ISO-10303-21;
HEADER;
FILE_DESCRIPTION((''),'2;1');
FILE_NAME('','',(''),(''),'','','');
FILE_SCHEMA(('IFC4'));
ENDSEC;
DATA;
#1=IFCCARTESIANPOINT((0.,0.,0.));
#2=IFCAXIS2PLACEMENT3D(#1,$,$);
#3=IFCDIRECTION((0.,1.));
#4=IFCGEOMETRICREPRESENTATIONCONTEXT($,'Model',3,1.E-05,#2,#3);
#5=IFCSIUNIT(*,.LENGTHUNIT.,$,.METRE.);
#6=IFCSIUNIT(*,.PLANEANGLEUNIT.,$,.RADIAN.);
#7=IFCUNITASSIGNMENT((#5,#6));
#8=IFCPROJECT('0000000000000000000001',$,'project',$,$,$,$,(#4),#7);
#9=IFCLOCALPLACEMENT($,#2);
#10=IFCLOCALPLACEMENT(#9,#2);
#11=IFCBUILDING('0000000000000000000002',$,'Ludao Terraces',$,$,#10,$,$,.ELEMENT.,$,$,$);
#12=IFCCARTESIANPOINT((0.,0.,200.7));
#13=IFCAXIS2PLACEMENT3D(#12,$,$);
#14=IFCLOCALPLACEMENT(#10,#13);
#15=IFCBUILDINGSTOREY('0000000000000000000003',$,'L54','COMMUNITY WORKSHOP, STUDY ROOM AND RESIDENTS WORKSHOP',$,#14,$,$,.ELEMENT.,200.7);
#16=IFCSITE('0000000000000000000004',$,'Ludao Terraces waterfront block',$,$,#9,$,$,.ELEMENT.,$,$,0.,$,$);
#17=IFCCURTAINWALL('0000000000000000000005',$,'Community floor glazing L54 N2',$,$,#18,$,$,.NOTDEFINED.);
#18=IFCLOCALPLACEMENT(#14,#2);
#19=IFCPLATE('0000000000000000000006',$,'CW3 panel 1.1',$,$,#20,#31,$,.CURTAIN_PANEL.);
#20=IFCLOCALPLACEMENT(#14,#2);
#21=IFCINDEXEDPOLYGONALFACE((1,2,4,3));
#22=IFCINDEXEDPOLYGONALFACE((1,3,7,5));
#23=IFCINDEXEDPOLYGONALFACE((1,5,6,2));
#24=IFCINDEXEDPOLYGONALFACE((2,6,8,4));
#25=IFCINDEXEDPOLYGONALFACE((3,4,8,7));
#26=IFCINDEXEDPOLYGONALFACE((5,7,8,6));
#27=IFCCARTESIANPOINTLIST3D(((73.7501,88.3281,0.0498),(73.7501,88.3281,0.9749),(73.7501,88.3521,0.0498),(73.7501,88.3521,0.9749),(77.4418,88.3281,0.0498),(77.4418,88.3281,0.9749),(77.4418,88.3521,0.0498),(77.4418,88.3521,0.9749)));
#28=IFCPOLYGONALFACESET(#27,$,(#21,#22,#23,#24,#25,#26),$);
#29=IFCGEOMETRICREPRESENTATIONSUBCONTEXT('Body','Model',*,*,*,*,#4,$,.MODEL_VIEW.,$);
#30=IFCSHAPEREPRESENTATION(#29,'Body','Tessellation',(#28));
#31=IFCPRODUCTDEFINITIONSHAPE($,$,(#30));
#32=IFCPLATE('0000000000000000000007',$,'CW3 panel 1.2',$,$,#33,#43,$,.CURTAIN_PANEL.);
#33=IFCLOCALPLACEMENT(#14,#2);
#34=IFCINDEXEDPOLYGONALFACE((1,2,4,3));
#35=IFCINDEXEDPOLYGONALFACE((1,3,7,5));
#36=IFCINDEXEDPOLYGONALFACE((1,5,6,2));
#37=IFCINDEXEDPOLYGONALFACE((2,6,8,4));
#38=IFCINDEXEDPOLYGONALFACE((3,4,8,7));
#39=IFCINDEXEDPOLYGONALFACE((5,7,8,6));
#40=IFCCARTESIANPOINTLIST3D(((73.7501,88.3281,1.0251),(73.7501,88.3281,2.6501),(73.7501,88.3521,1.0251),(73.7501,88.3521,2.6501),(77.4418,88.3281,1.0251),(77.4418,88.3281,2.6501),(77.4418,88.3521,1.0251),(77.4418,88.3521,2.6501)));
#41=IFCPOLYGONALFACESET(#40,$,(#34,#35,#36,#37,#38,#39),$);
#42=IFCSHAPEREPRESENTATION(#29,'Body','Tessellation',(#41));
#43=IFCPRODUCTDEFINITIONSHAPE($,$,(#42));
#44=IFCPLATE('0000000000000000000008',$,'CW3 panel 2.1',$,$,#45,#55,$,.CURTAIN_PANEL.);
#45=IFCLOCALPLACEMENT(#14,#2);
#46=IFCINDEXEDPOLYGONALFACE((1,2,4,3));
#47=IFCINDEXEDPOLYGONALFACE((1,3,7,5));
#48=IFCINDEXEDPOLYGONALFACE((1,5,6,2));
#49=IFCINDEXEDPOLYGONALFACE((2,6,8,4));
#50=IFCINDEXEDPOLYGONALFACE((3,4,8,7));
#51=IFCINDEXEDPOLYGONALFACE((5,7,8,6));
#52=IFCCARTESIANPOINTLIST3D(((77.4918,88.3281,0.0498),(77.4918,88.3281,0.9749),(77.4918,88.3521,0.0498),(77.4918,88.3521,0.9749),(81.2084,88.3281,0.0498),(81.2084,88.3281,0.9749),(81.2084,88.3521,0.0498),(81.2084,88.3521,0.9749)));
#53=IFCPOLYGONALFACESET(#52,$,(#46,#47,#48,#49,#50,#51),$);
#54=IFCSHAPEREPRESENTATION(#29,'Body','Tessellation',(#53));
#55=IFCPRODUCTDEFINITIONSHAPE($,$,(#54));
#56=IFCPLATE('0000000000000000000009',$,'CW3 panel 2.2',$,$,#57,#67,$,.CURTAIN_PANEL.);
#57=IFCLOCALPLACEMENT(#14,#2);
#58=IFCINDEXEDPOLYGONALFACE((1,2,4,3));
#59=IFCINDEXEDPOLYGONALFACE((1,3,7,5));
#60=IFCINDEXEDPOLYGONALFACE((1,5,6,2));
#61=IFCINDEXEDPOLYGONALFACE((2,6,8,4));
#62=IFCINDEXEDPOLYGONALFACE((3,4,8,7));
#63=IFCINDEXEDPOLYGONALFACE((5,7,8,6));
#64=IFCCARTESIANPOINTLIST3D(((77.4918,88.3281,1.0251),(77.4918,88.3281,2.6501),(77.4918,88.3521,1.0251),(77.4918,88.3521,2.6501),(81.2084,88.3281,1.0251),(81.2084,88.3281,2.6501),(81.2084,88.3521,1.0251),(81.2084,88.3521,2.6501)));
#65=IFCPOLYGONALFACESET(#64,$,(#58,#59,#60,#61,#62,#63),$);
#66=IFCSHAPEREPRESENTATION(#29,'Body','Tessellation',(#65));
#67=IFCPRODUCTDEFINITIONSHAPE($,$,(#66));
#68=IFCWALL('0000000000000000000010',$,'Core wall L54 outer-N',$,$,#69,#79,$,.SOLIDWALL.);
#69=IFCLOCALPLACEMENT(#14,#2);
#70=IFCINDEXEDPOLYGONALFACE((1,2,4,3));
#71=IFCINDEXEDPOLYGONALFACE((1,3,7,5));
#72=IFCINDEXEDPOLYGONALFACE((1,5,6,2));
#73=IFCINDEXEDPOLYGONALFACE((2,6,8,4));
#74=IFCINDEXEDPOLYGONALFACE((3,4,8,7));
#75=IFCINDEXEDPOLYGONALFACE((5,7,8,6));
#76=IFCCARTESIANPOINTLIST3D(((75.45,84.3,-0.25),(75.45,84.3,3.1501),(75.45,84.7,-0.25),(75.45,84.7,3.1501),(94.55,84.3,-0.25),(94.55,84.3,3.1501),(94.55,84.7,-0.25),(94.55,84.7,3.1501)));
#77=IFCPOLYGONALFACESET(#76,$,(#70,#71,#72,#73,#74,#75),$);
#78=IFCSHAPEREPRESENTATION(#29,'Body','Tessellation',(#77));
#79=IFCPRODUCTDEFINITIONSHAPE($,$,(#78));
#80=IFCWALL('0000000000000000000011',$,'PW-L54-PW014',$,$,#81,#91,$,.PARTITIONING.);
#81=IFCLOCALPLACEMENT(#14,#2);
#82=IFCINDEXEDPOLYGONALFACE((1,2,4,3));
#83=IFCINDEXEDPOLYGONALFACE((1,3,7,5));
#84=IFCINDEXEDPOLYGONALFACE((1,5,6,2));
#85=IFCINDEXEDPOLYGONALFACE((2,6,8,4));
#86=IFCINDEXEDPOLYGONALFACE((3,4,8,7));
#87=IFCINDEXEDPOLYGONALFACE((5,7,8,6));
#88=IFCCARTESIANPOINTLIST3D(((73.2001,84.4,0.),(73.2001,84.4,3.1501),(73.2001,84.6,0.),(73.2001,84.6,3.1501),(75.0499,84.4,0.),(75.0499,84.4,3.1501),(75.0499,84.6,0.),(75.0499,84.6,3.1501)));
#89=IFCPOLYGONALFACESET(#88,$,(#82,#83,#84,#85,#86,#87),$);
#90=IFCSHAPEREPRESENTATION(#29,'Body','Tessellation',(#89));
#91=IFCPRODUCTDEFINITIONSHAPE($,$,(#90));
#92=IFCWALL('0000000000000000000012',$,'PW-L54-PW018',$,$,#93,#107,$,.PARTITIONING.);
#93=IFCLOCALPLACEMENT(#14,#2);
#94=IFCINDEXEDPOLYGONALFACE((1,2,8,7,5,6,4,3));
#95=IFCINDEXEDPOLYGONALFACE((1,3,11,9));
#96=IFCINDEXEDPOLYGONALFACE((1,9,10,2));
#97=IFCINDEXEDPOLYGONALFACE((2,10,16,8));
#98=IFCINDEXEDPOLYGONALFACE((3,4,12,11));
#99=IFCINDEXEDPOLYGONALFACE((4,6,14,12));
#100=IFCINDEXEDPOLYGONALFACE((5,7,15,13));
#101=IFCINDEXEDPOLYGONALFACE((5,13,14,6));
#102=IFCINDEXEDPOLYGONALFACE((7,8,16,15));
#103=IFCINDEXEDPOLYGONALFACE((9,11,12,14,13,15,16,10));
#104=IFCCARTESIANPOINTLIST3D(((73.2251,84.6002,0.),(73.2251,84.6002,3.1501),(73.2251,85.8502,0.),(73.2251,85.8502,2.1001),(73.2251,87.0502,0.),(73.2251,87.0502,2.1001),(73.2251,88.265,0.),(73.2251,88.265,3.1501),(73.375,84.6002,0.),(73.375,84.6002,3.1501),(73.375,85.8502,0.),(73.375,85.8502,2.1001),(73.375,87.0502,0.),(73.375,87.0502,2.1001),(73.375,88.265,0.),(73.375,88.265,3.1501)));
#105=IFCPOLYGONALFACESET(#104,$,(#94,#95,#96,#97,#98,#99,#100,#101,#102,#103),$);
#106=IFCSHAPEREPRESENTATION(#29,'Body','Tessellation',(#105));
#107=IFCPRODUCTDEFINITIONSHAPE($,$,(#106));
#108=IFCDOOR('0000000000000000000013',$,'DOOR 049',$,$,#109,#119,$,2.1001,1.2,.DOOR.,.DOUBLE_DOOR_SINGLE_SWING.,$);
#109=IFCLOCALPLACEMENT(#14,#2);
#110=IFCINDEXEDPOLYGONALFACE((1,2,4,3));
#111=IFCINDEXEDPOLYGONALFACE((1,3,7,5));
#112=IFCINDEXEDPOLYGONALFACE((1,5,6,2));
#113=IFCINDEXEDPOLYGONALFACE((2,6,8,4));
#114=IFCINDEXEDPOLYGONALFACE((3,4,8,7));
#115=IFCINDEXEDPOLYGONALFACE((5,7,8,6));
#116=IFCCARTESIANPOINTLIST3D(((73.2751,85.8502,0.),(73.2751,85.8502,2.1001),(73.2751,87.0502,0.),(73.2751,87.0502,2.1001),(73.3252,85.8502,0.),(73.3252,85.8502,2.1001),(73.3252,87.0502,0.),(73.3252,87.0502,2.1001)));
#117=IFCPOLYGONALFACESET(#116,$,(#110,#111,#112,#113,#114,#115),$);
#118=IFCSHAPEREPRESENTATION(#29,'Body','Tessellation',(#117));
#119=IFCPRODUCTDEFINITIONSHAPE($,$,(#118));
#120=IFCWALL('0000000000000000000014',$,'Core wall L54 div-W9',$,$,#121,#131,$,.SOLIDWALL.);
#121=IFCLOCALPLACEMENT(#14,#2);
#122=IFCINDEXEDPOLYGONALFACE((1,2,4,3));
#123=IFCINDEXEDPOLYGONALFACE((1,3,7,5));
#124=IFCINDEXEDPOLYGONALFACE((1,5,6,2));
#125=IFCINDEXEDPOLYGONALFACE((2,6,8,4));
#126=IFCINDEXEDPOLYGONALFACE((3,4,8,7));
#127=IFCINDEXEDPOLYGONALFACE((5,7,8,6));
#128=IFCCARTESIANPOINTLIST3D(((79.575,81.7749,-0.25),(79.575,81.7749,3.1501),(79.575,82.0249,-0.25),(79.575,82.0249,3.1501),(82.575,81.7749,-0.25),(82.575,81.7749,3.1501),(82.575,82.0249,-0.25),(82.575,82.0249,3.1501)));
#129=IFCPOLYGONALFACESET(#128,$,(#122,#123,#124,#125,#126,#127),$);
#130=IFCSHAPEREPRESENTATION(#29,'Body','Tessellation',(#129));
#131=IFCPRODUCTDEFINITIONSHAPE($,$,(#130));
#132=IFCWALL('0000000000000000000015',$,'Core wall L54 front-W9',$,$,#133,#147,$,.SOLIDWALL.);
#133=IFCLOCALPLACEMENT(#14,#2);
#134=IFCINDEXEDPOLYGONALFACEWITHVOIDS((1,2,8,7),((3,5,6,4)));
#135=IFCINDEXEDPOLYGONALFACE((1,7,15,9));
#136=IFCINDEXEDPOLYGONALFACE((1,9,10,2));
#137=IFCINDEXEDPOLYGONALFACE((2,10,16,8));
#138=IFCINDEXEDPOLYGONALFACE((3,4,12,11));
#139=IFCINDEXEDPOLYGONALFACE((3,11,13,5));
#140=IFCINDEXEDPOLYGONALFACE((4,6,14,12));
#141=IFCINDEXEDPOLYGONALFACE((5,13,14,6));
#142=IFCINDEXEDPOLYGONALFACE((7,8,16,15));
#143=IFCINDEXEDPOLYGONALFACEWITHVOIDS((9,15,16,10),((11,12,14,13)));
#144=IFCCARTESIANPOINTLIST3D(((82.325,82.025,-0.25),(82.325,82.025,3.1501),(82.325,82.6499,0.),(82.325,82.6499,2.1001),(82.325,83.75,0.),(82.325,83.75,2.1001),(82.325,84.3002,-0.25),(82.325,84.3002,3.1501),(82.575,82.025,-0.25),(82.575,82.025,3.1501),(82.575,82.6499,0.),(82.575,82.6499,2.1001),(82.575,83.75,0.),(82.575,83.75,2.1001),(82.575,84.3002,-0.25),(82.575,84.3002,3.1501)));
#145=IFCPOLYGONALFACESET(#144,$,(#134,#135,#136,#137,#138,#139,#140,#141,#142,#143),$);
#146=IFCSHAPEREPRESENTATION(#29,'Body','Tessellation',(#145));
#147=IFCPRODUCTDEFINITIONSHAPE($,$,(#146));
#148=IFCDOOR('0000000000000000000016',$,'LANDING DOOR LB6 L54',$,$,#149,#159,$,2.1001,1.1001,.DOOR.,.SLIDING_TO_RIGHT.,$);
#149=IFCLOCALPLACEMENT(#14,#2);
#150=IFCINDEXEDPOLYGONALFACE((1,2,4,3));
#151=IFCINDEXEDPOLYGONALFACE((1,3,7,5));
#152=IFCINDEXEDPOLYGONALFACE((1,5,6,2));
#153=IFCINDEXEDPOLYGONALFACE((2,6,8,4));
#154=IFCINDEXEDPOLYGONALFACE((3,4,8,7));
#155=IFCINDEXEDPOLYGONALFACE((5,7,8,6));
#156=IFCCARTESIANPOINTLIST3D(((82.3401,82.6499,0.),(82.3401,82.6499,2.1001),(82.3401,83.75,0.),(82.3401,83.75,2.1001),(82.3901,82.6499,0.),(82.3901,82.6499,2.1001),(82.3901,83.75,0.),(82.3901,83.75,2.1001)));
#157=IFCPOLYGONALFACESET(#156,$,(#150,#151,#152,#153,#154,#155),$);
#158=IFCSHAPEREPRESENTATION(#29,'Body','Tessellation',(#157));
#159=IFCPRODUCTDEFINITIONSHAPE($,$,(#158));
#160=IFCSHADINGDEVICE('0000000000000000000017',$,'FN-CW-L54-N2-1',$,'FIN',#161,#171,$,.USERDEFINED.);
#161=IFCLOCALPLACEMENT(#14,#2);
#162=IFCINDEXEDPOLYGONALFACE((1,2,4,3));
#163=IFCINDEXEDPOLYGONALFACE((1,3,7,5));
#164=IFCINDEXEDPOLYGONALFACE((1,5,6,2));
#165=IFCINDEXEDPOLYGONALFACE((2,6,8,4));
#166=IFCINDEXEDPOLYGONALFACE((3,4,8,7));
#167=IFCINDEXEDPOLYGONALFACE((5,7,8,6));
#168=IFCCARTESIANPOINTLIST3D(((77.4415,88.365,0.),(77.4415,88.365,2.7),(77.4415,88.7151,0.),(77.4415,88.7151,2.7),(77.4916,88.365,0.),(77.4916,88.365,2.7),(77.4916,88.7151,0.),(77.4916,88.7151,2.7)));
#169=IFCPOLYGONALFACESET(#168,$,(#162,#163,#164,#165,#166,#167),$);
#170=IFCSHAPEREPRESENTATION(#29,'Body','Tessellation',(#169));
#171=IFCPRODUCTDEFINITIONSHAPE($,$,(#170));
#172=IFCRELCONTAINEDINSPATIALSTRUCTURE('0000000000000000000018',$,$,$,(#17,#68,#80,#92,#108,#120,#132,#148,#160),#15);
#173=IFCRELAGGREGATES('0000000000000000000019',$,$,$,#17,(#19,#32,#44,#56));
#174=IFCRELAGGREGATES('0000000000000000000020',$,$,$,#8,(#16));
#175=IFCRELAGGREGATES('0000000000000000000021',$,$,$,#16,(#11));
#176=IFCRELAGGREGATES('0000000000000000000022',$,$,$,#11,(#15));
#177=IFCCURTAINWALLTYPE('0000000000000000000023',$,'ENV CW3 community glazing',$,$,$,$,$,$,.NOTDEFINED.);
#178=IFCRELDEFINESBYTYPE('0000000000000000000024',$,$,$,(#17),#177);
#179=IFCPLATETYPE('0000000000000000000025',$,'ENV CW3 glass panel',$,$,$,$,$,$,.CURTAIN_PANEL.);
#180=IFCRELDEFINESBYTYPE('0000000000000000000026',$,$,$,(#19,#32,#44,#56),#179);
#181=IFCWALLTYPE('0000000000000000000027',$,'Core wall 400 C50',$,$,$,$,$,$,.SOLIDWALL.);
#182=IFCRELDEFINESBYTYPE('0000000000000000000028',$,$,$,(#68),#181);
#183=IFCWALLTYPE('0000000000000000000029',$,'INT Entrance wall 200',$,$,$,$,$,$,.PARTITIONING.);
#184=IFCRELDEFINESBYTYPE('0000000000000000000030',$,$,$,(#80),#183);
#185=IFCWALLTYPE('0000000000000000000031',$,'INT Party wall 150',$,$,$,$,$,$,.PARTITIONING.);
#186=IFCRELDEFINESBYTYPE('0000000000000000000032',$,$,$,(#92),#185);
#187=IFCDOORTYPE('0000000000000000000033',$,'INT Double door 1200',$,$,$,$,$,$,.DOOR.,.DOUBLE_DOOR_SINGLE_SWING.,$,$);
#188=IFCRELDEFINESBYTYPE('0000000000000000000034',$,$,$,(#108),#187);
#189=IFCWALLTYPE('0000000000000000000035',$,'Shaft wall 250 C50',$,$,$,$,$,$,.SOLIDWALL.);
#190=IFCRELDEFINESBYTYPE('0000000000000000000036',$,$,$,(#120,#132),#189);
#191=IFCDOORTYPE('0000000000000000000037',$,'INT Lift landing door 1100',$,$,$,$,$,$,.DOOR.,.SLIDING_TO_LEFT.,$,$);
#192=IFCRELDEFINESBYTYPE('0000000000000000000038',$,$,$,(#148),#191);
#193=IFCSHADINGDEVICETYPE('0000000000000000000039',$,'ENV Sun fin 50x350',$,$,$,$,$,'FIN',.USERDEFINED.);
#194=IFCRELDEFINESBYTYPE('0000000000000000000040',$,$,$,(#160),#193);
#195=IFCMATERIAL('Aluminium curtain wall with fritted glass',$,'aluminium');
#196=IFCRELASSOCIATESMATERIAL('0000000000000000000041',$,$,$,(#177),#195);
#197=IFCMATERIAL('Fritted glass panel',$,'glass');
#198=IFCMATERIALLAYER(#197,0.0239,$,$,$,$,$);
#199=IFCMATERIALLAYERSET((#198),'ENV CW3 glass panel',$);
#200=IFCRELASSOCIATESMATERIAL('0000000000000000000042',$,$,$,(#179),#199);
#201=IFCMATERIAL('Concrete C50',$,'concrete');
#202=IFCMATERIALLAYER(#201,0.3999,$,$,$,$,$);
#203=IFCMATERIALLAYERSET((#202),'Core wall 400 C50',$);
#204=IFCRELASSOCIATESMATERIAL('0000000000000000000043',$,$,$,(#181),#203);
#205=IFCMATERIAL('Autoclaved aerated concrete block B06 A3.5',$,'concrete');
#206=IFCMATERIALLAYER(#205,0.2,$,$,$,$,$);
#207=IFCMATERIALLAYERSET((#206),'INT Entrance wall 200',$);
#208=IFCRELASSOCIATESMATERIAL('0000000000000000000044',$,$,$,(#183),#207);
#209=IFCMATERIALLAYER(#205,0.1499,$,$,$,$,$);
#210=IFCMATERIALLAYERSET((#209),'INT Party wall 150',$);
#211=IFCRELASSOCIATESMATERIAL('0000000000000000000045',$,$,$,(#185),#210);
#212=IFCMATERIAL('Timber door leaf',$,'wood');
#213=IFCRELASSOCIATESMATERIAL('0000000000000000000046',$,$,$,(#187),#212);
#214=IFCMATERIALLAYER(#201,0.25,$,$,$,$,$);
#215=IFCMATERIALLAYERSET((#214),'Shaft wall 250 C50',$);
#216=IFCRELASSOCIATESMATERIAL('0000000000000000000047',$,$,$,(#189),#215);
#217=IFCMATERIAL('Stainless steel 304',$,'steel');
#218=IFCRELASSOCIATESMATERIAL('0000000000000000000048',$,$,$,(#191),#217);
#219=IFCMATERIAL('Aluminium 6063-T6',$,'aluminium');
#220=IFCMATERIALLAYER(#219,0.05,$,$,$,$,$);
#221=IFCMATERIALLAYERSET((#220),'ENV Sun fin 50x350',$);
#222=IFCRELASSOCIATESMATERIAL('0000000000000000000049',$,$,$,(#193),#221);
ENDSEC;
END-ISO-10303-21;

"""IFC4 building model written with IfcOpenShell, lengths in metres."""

from ifc_helpers import new_model, si_unit, direction, frame, frame_2d, origin, origin_2d, place, context, subcontext, project, spatial, rectangle, extrude, material, layer, layer_set, type_object, element, fill, aggregate, save


model = new_model("IFC4")

# Units and contexts
model_context = context("Model", 3, precision=1e-05, world=origin(), true_north=direction((0.0, 1.0)))
body_context = subcontext(model_context, "Body", "Model", "MODEL_VIEW")
ifc_project = project(units=[si_unit("LENGTHUNIT", "METRE"), si_unit("PLANEANGLEUNIT", "RADIAN")], contexts=[model_context])

# Site, building, storey
site_placement = place(None, origin())
site = spatial("IfcSite", under=ifc_project, at=site_placement, Name="Ludao Terraces waterfront block", CompositionType="ELEMENT", RefElevation=0.0)
building_placement = place(site_placement, origin())
building = spatial("IfcBuilding", under=site, at=building_placement, Name="Ludao Terraces", CompositionType="ELEMENT")
storey_placement = place(building_placement, frame((0.0, 0.0, 200.7)))
storey = spatial("IfcBuildingStorey", under=building, at=storey_placement, Name="L54", Description="COMMUNITY WORKSHOP, STUDY ROOM AND RESIDENTS WORKSHOP", CompositionType="ELEMENT", Elevation=200.7)

# Shared definitions
ifc_material_1 = material(Name="Concrete C50", Category="concrete")

# Shared definitions
ifc_material_2 = material(Name="Aluminium curtain wall with fritted glass", Category="aluminium")
curtain_wall_type = type_object("IfcCurtainWallType", Name="ENV CW3 community glazing", PredefinedType="NOTDEFINED", material=ifc_material_2)
ifc_material_3 = material(Name="Aluminium 6063-T6", Category="aluminium")

# Curtain wall, plates
curtain_wall_1_placement = place(storey_placement, origin())
curtain_wall_1 = element("IfcCurtainWall", 1, at=curtain_wall_1_placement, inside=storey, type_object=curtain_wall_type, Name="Community floor glazing L54 N2", PredefinedType="NOTDEFINED")
ifc_material_4 = material(Name="Fritted glass panel", Category="glass")
ifc_layer_1 = layer(ifc_material_4, 0.0239)
ifc_layer_set_1 = layer_set([ifc_layer_1], Name="ENV CW3 glass panel")
plate_type = type_object("IfcPlateType", Name="ENV CW3 glass panel", PredefinedType="CURTAIN_PANEL", material=ifc_layer_set_1)
plate_1_placement = place(storey_placement, frame((75.5959, 88.3401, 0.0498), z_axis=(0.0, 0.0, 1.0), x_axis=(1.0, 0.0, 0.0)))
plate_1 = element("IfcPlate", 2, at=plate_1_placement, type_object=plate_type, Name="CW3 panel 1.1", PredefinedType="CURTAIN_PANEL", context=body_context, shape_type="SweptSolid", body=[
    extrude(rectangle(XDim=3.6917, YDim=0.0239, at=origin_2d()), origin(), (0.0, 0.0, 1.0), 0.925),
])
plate_2_placement = place(storey_placement, frame((75.5959, 88.3401, 1.0251), z_axis=(0.0, 0.0, 1.0), x_axis=(1.0, 0.0, 0.0)))
plate_2 = element("IfcPlate", 3, at=plate_2_placement, type_object=plate_type, Name="CW3 panel 1.2", PredefinedType="CURTAIN_PANEL", context=body_context, shape_type="SweptSolid", body=[
    extrude(rectangle(XDim=3.6917, YDim=0.0239, at=origin_2d()), origin(), (0.0, 0.0, 1.0), 1.625),
])
plate_3_placement = place(storey_placement, frame((79.3501, 88.3401, 0.0498), z_axis=(0.0, 0.0, 1.0), x_axis=(1.0, 0.0, 0.0)))
plate_3 = element("IfcPlate", 4, at=plate_3_placement, type_object=plate_type, Name="CW3 panel 2.1", PredefinedType="CURTAIN_PANEL", context=body_context, shape_type="SweptSolid", body=[
    extrude(rectangle(XDim=3.7166, YDim=0.0239, at=origin_2d()), origin(), (0.0, 0.0, 1.0), 0.925),
])
plate_4_placement = place(storey_placement, frame((79.3501, 88.3401, 1.0251), z_axis=(0.0, 0.0, 1.0), x_axis=(1.0, 0.0, 0.0)))
plate_4 = element("IfcPlate", 5, at=plate_4_placement, type_object=plate_type, Name="CW3 panel 2.2", PredefinedType="CURTAIN_PANEL", context=body_context, shape_type="SweptSolid", body=[
    extrude(rectangle(XDim=3.7166, YDim=0.0239, at=origin_2d()), origin(), (0.0, 0.0, 1.0), 1.625),
])
aggregate(curtain_wall_1, [plate_1, plate_2, plate_3, plate_4])

# Walls
ifc_layer_2 = layer(ifc_material_1, 0.3999)
ifc_layer_set_2 = layer_set([ifc_layer_2], Name="Core wall 400 C50")
wall_type_1 = type_object("IfcWallType", Name="Core wall 400 C50", PredefinedType="SOLIDWALL", material=ifc_layer_set_2)
wall_1_placement = place(storey_placement, frame((75.45, 84.5, -0.25), z_axis=(0.0, 0.0, 1.0), x_axis=(1.0, 0.0, 0.0)))
element("IfcWall", 6, at=wall_1_placement, inside=storey, type_object=wall_type_1, Name="Core wall L54 outer-N", PredefinedType="SOLIDWALL", context=body_context, shape_type="SweptSolid", body=[
    extrude(rectangle(XDim=19.1001, YDim=0.3999, at=frame_2d((9.55, 0.0))), origin(), (0.0, 0.0, 1.0), 3.4001),
])
ifc_material_5 = material(Name="Autoclaved aerated concrete block B06 A3.5", Category="concrete")
ifc_layer_3 = layer(ifc_material_5, 0.2)
ifc_layer_set_3 = layer_set([ifc_layer_3], Name="INT Entrance wall 200")
wall_type_2 = type_object("IfcWallType", Name="INT Entrance wall 200", PredefinedType="PARTITIONING", material=ifc_layer_set_3)
wall_2_placement = place(storey_placement, frame((73.2002, 84.5, 0.0), z_axis=(0.0, 0.0, 1.0), x_axis=(1.0, 0.0, 0.0)))
element("IfcWall", 7, at=wall_2_placement, inside=storey, type_object=wall_type_2, Name="PW-L54-PW014", PredefinedType="PARTITIONING", context=body_context, shape_type="SweptSolid", body=[
    extrude(rectangle(XDim=1.8499, YDim=0.2, at=frame_2d((0.9248, 0.0))), origin(), (0.0, 0.0, 1.0), 3.1501),
])

# Wall, opening, door
ifc_layer_4 = layer(ifc_material_5, 0.1499)
ifc_layer_set_4 = layer_set([ifc_layer_4], Name="INT Party wall 150")
wall_type_3 = type_object("IfcWallType", Name="INT Party wall 150", PredefinedType="PARTITIONING", material=ifc_layer_set_4)
wall_3_placement = place(storey_placement, frame((73.3, 84.6001, 0.0), z_axis=(0.0, 0.0, 1.0), x_axis=(0.0, 1.0, 0.0)))
wall_3 = element("IfcWall", 8, at=wall_3_placement, inside=storey, type_object=wall_type_3, Name="PW-L54-PW018", PredefinedType="PARTITIONING", context=body_context, shape_type="SweptSolid", body=[
    extrude(rectangle(XDim=3.6648, YDim=0.1499, at=frame_2d((1.8325, 0.0))), origin(), (0.0, 0.0, 1.0), 3.1501),
])
opening_1_placement = place(wall_3_placement, frame((1.25, 0.0, 0.0)))
opening_1 = element("IfcOpeningElement", 9, at=opening_1_placement, cuts=wall_3, PredefinedType="OPENING", context=body_context, shape_type="SweptSolid", body=[
    extrude(rectangle(XDim=1.2, YDim=2.1001, at=frame_2d((0.6001, 1.05))), frame((0.0, 0.085, 0.0), z_axis=(0.0, -1.0, 0.0), x_axis=(1.0, 0.0, 0.0)), (0.0, 0.0, 1.0), 0.1699),
])
ifc_material_6 = material(Name="Timber door leaf", Category="wood")
door_type_1 = type_object("IfcDoorType", Name="INT Double door 1200", OperationType="DOUBLE_DOOR_SINGLE_SWING", PredefinedType="DOOR", material=ifc_material_6)
door_1_placement = place(opening_1_placement, origin())
door_1 = element("IfcDoor", 10, at=door_1_placement, inside=storey, type_object=door_type_1, Name="DOOR 049", OperationType="DOUBLE_DOOR_SINGLE_SWING", OverallHeight=2.1001, OverallWidth=1.2, PredefinedType="DOOR", context=body_context, shape_type="SweptSolid", body=[
    extrude(rectangle(XDim=1.2, YDim=2.1001, at=frame_2d((0.6001, 1.05))), frame((0.0, 0.0249, 0.0), z_axis=(0.0, -1.0, 0.0), x_axis=(1.0, 0.0, 0.0)), (0.0, 0.0, 1.0), 0.05),
])
fill(opening_1, door_1)

# Wall
ifc_layer_5 = layer(ifc_material_1, 0.25)
ifc_layer_set_5 = layer_set([ifc_layer_5], Name="Shaft wall 250 C50")
wall_type_4 = type_object("IfcWallType", Name="Shaft wall 250 C50", PredefinedType="SOLIDWALL", material=ifc_layer_set_5)
wall_4_placement = place(storey_placement, frame((79.575, 81.8999, -0.25), z_axis=(0.0, 0.0, 1.0), x_axis=(1.0, 0.0, 0.0)))
element("IfcWall", 11, at=wall_4_placement, inside=storey, type_object=wall_type_4, Name="Core wall L54 div-W9", PredefinedType="SOLIDWALL", context=body_context, shape_type="SweptSolid", body=[
    extrude(rectangle(XDim=3.0, YDim=0.25, at=frame_2d((1.5, 0.0))), origin(), (0.0, 0.0, 1.0), 3.4001),
])

# Wall, opening, door
wall_5_placement = place(storey_placement, frame((82.45, 82.0249, -0.25), z_axis=(0.0, 0.0, 1.0), x_axis=(0.0, 1.0, 0.0)))
wall_5 = element("IfcWall", 12, at=wall_5_placement, inside=storey, type_object=wall_type_4, Name="Core wall L54 front-W9", PredefinedType="SOLIDWALL", context=body_context, shape_type="SweptSolid", body=[
    extrude(rectangle(XDim=2.2751, YDim=0.25, at=frame_2d((1.1377, 0.0))), origin(), (0.0, 0.0, 1.0), 3.4001),
])
opening_2_placement = place(wall_5_placement, frame((0.625, 0.0, 0.25)))
opening_2 = element("IfcOpeningElement", 13, at=opening_2_placement, cuts=wall_5, PredefinedType="OPENING", context=body_context, shape_type="SweptSolid", body=[
    extrude(rectangle(XDim=1.1001, YDim=2.1001, at=frame_2d((0.55, 1.05))), frame((0.0, 0.135, 0.0), z_axis=(0.0, -1.0, 0.0), x_axis=(1.0, 0.0, 0.0)), (0.0, 0.0, 1.0), 0.27),
])
ifc_material_7 = material(Name="Stainless steel 304", Category="steel")
door_type_2 = type_object("IfcDoorType", Name="INT Lift landing door 1100", OperationType="SLIDING_TO_LEFT", PredefinedType="DOOR", material=ifc_material_7)
door_2_placement = place(opening_2_placement, origin())
door_2 = element("IfcDoor", 14, at=door_2_placement, inside=storey, type_object=door_type_2, Name="LANDING DOOR LB6 L54", OperationType="SLIDING_TO_RIGHT", OverallHeight=2.1001, OverallWidth=1.1001, PredefinedType="DOOR", context=body_context, shape_type="SweptSolid", body=[
    extrude(rectangle(XDim=1.1001, YDim=2.1001, at=frame_2d((0.55, 1.05))), frame((0.0, 0.1099, 0.0), z_axis=(0.0, -1.0, 0.0), x_axis=(1.0, 0.0, 0.0)), (0.0, 0.0, 1.0), 0.05),
])
fill(opening_2, door_2)

# Shading device
ifc_layer_6 = layer(ifc_material_3, 0.05)
ifc_layer_set_6 = layer_set([ifc_layer_6], Name="ENV Sun fin 50x350")
shading_device_type = type_object("IfcShadingDeviceType", Name="ENV Sun fin 50x350", ElementType="FIN", PredefinedType="USERDEFINED", material=ifc_layer_set_6)
for number, where, z_axis, x_axis, name in (
    (15, (77.4666, 88.54, 0.0), (0.0, 0.0, 1.0), (1.0, 0.0, 0.0), "FN-CW-L54-N2-1"),
):
    element("IfcShadingDevice", number, at=place(storey_placement, frame(where, z_axis=z_axis, x_axis=x_axis)), inside=storey, type_object=shading_device_type, Name=name, ObjectType="FIN", PredefinedType="USERDEFINED", context=body_context, shape_type="SweptSolid", body=[
        extrude(rectangle(XDim=0.05, YDim=0.3501, at=origin_2d()), origin(), (0.0, 0.0, 1.0), 2.7),
    ])

save(model, "model.ifc")
